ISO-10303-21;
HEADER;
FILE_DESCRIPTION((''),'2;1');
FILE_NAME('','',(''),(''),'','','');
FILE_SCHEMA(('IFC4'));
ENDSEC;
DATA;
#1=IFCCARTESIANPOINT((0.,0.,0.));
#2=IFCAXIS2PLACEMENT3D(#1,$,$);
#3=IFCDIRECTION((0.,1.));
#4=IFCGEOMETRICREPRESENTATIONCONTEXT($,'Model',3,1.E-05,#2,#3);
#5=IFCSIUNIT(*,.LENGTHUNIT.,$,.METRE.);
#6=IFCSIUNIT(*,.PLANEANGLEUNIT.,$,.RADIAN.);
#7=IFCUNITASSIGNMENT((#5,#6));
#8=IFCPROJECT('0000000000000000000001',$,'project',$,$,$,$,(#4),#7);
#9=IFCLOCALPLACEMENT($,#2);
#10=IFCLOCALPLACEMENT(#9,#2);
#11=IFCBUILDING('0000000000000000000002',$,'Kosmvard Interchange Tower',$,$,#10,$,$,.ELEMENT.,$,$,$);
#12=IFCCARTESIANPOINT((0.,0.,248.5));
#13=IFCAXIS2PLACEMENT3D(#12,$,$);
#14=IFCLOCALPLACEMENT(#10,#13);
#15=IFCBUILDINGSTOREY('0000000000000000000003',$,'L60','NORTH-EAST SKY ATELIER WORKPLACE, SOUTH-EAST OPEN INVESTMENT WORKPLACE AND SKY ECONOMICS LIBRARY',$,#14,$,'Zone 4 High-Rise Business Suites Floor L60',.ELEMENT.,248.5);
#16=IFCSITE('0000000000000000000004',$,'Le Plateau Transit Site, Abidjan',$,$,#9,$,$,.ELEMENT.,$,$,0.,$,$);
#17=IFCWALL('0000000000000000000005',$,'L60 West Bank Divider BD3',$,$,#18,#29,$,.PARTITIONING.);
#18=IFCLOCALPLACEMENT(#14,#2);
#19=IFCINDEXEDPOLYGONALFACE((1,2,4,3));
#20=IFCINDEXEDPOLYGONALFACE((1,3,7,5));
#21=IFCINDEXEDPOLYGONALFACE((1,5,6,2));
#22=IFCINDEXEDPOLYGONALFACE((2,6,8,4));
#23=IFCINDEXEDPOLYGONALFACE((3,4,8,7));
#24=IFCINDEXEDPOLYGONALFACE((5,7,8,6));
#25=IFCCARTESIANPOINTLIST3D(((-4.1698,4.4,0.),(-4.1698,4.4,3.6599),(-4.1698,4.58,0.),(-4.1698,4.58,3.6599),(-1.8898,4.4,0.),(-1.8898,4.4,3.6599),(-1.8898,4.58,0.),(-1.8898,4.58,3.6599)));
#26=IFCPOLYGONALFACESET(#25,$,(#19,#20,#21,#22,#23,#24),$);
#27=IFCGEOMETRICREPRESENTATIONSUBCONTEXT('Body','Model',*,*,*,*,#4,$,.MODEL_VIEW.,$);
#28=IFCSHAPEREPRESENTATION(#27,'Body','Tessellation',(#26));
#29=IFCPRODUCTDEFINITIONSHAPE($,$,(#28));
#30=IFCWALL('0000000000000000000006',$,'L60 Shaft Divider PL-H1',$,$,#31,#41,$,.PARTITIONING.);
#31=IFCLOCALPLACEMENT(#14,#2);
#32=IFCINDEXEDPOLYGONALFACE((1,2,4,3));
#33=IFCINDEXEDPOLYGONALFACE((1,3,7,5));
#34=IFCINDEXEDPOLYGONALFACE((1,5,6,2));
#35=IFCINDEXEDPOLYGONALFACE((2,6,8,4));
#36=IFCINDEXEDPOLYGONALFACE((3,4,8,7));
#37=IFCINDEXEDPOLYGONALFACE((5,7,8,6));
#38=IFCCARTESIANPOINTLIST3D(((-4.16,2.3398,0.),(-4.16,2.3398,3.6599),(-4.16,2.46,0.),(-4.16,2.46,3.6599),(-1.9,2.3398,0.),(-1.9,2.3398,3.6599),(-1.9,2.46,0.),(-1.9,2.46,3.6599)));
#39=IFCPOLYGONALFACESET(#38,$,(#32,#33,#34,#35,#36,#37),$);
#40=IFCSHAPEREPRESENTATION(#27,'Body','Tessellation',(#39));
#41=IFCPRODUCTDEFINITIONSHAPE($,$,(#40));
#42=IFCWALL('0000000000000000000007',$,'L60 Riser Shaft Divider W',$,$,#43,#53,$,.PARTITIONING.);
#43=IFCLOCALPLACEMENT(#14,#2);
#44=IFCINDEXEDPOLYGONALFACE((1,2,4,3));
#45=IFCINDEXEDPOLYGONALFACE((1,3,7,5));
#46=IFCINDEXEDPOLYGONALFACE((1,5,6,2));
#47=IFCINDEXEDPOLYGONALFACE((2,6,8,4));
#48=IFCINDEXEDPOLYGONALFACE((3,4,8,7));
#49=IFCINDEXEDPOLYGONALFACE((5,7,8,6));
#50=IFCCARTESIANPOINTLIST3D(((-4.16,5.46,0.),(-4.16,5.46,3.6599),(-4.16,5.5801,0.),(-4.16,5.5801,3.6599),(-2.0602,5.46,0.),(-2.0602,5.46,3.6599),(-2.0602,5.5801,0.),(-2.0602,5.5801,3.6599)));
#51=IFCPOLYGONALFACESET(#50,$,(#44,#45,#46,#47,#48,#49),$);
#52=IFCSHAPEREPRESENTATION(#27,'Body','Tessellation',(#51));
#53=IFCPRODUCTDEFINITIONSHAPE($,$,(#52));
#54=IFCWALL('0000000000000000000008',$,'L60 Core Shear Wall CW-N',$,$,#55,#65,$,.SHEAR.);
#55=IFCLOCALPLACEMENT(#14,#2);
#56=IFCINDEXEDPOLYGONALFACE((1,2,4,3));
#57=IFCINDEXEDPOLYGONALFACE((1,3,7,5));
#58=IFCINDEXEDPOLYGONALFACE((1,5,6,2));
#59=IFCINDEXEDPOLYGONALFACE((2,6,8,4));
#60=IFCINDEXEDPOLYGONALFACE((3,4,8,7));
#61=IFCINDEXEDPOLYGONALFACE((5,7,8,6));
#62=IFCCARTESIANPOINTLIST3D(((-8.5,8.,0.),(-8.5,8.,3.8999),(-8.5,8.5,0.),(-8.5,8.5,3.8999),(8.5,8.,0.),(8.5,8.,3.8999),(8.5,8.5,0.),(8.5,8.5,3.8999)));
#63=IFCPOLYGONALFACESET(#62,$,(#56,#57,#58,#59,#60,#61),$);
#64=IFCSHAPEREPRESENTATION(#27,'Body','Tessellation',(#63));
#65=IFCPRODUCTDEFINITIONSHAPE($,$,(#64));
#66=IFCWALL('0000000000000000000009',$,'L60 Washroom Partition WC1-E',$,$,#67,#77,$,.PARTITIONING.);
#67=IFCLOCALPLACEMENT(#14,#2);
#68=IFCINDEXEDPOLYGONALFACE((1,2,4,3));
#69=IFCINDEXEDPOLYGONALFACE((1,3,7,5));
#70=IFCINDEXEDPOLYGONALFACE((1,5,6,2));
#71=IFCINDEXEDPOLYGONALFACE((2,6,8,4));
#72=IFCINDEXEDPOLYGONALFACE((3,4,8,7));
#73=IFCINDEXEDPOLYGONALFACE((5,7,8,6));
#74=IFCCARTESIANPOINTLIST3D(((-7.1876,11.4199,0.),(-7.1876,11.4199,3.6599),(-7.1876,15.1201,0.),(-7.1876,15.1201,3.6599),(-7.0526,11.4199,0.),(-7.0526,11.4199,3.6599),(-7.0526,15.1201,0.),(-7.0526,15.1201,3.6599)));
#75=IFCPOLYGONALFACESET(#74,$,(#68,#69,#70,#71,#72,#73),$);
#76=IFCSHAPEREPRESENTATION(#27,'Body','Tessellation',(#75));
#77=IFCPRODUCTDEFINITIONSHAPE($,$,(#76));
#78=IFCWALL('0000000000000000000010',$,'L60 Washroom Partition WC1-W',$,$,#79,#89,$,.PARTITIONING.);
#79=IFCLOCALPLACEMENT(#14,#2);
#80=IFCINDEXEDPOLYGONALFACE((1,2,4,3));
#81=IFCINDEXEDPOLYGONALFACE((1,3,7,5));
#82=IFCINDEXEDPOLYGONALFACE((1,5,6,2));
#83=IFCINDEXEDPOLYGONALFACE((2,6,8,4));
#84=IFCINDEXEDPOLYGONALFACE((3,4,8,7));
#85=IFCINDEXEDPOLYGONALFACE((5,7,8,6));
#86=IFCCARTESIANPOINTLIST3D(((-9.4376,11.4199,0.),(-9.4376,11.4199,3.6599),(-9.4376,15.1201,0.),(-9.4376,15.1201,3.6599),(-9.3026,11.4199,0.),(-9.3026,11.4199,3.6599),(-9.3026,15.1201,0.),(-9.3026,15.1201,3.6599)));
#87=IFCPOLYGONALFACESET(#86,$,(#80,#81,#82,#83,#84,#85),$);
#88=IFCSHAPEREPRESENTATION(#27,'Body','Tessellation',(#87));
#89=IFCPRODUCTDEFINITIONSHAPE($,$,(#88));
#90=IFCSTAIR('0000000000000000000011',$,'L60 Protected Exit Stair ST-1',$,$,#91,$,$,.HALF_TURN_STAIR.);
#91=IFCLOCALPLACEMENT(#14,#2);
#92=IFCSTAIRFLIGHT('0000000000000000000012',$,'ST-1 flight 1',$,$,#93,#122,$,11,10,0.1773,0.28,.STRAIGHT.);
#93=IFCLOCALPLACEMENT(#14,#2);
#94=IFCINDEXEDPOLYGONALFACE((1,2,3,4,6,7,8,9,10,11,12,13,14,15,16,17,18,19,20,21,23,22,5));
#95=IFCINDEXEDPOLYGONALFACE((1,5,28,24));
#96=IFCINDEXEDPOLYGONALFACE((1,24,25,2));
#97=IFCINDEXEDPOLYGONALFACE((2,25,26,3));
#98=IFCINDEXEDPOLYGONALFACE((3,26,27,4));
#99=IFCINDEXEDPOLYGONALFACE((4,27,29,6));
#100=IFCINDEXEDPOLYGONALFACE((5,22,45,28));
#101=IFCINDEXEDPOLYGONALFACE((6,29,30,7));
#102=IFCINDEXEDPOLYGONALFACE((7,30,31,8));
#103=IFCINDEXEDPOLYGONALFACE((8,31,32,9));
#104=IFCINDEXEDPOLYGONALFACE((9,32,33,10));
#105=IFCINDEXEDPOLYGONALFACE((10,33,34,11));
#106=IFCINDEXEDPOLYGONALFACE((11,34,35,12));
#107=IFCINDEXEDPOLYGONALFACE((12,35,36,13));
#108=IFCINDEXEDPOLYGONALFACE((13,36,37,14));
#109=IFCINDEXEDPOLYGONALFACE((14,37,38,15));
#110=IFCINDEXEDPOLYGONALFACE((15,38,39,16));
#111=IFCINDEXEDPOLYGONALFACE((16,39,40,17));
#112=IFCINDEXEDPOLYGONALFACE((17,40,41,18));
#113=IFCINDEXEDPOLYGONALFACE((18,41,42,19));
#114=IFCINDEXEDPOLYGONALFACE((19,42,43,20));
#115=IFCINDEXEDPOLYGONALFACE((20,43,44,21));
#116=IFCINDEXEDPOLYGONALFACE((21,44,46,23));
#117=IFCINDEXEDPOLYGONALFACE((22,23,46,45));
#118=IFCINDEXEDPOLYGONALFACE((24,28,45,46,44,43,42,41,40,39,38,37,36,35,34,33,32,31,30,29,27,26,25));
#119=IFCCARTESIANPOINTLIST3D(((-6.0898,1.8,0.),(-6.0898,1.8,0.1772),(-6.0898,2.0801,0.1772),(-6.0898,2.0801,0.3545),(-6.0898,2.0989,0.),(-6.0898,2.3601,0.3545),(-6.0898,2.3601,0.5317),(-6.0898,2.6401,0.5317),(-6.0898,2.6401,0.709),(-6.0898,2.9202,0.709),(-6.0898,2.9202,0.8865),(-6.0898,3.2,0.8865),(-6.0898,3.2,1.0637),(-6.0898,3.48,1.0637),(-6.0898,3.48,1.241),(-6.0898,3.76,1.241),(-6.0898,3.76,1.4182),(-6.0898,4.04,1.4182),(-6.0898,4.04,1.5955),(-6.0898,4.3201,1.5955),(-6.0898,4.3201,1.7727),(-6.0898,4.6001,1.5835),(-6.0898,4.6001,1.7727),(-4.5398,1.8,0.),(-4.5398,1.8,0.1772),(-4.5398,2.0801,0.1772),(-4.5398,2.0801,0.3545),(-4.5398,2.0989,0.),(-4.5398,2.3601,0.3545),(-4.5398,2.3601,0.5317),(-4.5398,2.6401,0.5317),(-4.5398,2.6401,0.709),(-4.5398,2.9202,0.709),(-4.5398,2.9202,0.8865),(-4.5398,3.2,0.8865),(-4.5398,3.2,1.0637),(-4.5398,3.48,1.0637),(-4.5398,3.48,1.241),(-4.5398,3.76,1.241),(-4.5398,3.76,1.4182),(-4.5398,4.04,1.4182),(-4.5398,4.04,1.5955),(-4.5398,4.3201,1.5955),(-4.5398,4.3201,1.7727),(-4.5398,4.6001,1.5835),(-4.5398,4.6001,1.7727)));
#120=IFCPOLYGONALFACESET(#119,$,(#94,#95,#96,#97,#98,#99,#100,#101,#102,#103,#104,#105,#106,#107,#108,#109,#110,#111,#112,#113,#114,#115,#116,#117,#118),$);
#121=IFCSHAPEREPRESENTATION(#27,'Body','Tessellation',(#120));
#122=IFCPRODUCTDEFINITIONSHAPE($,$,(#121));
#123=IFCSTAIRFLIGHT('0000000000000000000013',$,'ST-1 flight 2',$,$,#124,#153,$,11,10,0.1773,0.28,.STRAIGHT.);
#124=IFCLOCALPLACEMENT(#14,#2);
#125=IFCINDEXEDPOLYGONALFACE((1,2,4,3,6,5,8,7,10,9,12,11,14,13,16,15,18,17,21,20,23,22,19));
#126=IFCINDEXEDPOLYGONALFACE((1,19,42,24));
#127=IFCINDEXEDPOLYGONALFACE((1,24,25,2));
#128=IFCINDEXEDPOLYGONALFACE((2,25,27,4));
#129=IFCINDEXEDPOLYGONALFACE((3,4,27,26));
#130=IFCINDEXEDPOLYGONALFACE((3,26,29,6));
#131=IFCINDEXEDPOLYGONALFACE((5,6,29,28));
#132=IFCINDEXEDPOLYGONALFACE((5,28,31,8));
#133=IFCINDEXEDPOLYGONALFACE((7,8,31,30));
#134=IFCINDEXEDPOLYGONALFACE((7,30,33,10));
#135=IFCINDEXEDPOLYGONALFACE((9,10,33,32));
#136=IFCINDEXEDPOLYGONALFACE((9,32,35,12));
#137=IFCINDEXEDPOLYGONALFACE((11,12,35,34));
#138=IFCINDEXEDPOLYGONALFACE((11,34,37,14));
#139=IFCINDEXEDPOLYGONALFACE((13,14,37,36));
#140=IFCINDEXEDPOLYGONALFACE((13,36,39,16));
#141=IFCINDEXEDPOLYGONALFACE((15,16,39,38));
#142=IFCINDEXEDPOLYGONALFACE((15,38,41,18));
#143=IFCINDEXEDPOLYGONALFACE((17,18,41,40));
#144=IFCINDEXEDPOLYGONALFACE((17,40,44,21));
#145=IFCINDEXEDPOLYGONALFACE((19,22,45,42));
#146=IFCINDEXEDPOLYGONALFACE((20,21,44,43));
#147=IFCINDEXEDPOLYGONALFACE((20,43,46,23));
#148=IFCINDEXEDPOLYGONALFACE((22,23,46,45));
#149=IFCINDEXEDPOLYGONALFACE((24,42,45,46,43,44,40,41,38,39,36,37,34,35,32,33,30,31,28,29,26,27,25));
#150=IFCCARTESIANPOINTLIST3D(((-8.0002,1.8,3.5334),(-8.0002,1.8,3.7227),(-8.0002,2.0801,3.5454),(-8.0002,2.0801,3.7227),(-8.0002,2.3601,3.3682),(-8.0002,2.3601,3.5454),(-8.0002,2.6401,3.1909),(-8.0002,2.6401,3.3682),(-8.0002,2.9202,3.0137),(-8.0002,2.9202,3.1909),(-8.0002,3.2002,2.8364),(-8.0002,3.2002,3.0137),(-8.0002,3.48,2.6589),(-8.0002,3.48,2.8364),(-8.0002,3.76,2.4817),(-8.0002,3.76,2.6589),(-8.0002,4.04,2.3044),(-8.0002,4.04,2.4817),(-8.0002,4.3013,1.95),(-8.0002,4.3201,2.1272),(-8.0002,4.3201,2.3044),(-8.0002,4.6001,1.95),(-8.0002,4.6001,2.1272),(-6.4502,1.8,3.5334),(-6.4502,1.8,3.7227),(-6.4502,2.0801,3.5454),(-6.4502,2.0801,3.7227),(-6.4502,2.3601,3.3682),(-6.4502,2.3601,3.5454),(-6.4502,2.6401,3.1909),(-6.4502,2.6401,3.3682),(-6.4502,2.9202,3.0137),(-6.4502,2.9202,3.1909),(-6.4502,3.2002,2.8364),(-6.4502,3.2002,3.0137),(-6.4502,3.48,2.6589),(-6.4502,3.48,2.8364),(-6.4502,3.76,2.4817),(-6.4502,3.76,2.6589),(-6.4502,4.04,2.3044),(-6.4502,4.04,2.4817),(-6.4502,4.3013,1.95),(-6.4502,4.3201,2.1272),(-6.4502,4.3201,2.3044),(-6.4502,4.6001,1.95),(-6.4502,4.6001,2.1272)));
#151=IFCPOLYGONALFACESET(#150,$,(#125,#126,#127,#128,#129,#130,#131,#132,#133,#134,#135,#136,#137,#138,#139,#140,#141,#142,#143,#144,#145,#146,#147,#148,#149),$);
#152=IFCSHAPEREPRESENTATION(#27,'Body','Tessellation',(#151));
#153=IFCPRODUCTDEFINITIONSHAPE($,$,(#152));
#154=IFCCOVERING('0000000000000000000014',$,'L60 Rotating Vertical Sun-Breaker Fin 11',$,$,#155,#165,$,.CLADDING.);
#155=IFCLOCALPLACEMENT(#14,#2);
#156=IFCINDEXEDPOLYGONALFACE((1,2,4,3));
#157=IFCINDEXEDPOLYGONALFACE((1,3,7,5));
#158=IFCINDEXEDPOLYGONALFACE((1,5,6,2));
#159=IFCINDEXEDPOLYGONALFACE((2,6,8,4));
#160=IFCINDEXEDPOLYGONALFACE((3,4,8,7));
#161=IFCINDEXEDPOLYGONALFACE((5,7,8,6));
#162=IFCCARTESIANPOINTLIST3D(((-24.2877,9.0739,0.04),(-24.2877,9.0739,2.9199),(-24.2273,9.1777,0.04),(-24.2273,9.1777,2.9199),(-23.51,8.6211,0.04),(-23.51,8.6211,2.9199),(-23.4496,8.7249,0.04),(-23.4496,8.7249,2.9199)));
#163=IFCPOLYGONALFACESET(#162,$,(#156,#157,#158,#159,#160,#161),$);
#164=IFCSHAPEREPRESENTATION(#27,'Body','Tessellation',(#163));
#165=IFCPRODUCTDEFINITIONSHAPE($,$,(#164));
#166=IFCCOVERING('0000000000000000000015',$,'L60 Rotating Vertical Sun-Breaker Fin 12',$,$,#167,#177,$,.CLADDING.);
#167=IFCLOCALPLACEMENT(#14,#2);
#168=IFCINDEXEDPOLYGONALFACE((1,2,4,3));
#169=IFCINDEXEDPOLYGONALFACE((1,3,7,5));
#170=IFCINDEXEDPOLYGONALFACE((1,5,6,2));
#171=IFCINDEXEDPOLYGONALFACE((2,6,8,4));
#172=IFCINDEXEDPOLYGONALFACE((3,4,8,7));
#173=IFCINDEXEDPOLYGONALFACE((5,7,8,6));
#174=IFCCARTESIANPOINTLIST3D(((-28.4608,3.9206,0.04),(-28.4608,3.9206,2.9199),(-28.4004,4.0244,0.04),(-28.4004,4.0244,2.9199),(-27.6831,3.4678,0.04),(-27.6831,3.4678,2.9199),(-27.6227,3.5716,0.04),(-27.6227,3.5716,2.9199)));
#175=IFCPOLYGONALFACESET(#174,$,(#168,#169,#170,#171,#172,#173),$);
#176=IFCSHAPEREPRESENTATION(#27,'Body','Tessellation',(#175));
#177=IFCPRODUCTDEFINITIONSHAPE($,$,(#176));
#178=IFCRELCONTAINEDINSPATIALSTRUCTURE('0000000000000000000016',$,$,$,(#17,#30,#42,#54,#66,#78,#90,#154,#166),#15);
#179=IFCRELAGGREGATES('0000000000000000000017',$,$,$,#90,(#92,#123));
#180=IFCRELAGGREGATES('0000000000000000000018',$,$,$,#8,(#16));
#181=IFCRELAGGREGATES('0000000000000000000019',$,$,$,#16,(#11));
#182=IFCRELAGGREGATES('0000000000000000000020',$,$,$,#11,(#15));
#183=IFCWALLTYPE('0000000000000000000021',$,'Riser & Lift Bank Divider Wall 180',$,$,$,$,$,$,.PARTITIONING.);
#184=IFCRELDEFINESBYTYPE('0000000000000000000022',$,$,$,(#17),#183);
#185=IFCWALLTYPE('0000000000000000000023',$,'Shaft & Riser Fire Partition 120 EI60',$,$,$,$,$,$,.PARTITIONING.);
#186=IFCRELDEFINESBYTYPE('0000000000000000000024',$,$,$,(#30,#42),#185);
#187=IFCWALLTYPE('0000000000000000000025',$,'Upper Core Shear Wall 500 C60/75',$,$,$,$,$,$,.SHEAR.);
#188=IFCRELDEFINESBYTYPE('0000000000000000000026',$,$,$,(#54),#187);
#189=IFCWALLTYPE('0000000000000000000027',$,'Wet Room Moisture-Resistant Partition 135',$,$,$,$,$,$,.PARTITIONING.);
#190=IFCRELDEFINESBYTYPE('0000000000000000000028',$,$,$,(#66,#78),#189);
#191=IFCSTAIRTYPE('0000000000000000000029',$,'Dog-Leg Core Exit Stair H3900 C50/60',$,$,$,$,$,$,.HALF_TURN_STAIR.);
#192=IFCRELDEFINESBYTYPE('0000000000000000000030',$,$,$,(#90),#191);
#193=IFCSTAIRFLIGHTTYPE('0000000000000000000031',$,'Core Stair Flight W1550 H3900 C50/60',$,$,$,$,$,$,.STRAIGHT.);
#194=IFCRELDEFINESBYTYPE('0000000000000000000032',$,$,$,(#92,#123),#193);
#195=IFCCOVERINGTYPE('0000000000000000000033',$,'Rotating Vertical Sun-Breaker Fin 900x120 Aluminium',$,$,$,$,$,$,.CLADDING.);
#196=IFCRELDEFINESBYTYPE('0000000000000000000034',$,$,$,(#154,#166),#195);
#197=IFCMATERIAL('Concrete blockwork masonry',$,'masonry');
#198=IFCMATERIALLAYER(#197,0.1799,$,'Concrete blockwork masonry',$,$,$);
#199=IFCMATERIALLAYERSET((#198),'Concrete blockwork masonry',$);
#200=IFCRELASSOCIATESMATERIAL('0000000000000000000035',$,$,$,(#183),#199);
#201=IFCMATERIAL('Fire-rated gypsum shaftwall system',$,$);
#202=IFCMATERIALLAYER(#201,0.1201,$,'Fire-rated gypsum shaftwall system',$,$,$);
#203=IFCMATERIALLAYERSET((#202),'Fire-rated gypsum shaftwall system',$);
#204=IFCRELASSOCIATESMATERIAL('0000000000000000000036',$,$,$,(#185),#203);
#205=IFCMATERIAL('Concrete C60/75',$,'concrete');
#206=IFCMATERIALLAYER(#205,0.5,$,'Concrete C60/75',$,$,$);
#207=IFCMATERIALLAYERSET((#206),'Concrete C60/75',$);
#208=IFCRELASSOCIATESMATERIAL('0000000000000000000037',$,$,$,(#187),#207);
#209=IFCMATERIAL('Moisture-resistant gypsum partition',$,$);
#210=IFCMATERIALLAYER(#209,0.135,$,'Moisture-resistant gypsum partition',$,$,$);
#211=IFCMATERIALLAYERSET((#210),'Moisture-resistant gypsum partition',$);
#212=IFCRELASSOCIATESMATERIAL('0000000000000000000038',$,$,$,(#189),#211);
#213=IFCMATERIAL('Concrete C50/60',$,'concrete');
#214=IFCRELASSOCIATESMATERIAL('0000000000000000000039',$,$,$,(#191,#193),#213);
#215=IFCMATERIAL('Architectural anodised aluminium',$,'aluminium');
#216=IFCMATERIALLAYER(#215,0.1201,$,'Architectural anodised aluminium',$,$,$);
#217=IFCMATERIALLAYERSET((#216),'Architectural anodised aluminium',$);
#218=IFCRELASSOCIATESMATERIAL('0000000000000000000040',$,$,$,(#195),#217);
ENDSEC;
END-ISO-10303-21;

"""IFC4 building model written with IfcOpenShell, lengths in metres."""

from ifc_helpers import new_model, si_unit, direction, frame, frame_2d, origin, origin_2d, place, context, subcontext, project, spatial, polyline, rectangle, outline, extrude, source, transform, mapped, material, layer, layer_set, type_object, element, aggregate, save


model = new_model("IFC4")

# Units and contexts
model_context = context("Model", 3, precision=1e-05, world=origin(), true_north=direction((0.0, 1.0)))
body_context = subcontext(model_context, "Body", "Model", "MODEL_VIEW")
ifc_project = project(units=[si_unit("LENGTHUNIT", "METRE"), si_unit("PLANEANGLEUNIT", "RADIAN")], contexts=[model_context])

# Site, building, storey
site_placement = place(None, origin())
site = spatial("IfcSite", under=ifc_project, at=site_placement, Name="Le Plateau Transit Site, Abidjan", CompositionType="ELEMENT", RefElevation=0.0)
building_placement = place(site_placement, origin())
building = spatial("IfcBuilding", under=site, at=building_placement, Name="Kosmvard Interchange Tower", CompositionType="ELEMENT")
storey_placement = place(building_placement, frame((0.0, 0.0, 248.5)))
storey = spatial("IfcBuildingStorey", under=building, at=storey_placement, Name="L60", Description="NORTH-EAST SKY ATELIER WORKPLACE, SOUTH-EAST OPEN INVESTMENT WORKPLACE AND SKY ECONOMICS LIBRARY", LongName="Zone 4 High-Rise Business Suites Floor L60", CompositionType="ELEMENT", Elevation=248.5)

# Shared definitions
ifc_material_1 = material(Name="Concrete C60/75", Category="concrete")

# Walls
ifc_material_2 = material(Name="Concrete blockwork masonry", Category="masonry")
ifc_layer_1 = layer(ifc_material_2, 0.1799, Name="Concrete blockwork masonry")
ifc_layer_set_1 = layer_set([ifc_layer_1], Name="Concrete blockwork masonry")
wall_type_1 = type_object("IfcWallType", Name="Riser & Lift Bank Divider Wall 180", PredefinedType="PARTITIONING", material=ifc_layer_set_1)
wall_1_placement = place(storey_placement, frame((-4.1699, 4.49, 0.0), z_axis=(0.0, 0.0, 1.0), x_axis=(1.0, 0.0, 0.0)))
element("IfcWall", 1, at=wall_1_placement, inside=storey, type_object=wall_type_1, Name="L60 West Bank Divider BD3", PredefinedType="PARTITIONING", context=body_context, shape_type="SweptSolid", body=[
    extrude(rectangle(XDim=2.28, YDim=0.1799, at=frame_2d((1.1401, 0.0))), origin(), (0.0, 0.0, 1.0), 3.6599),
])
ifc_material_3 = material(Name="Fire-rated gypsum shaftwall system")
ifc_layer_2 = layer(ifc_material_3, 0.1201, Name="Fire-rated gypsum shaftwall system")
ifc_layer_set_2 = layer_set([ifc_layer_2], Name="Fire-rated gypsum shaftwall system")
wall_type_2 = type_object("IfcWallType", Name="Shaft & Riser Fire Partition 120 EI60", PredefinedType="PARTITIONING", material=ifc_layer_set_2)
wall_2_placement = place(storey_placement, frame((-4.1599, 2.3999, 0.0), z_axis=(0.0, 0.0, 1.0), x_axis=(1.0, 0.0, 0.0)))
element("IfcWall", 2, at=wall_2_placement, inside=storey, type_object=wall_type_2, Name="L60 Shaft Divider PL-H1", PredefinedType="PARTITIONING", context=body_context, shape_type="SweptSolid", body=[
    extrude(rectangle(XDim=2.26, YDim=0.1201, at=frame_2d((1.1299, 0.0))), origin(), (0.0, 0.0, 1.0), 3.6599),
])
wall_3_placement = place(storey_placement, frame((-4.1599, 5.52, 0.0), z_axis=(0.0, 0.0, 1.0), x_axis=(1.0, 0.0, 0.0)))
element("IfcWall", 3, at=wall_3_placement, inside=storey, type_object=wall_type_2, Name="L60 Riser Shaft Divider W", PredefinedType="PARTITIONING", context=body_context, shape_type="SweptSolid", body=[
    extrude(rectangle(XDim=2.0999, YDim=0.1201, at=frame_2d((1.0498, 0.0))), origin(), (0.0, 0.0, 1.0), 3.6599),
])
ifc_layer_3 = layer(ifc_material_1, 0.5, Name="Concrete C60/75")
ifc_layer_set_3 = layer_set([ifc_layer_3], Name="Concrete C60/75")
wall_type_3 = type_object("IfcWallType", Name="Upper Core Shear Wall 500 C60/75", PredefinedType="SHEAR", material=ifc_layer_set_3)
wall_4_placement = place(storey_placement, frame((-8.5, 8.25, 0.0), z_axis=(0.0, 0.0, 1.0), x_axis=(1.0, 0.0, 0.0)))
element("IfcWall", 4, at=wall_4_placement, inside=storey, type_object=wall_type_3, Name="L60 Core Shear Wall CW-N", PredefinedType="SHEAR", context=body_context, shape_type="SweptSolid", body=[
    extrude(rectangle(XDim=17.0, YDim=0.5, at=frame_2d((8.5, 0.0))), origin(), (0.0, 0.0, 1.0), 3.8999),
])
ifc_material_4 = material(Name="Moisture-resistant gypsum partition")
ifc_layer_4 = layer(ifc_material_4, 0.135, Name="Moisture-resistant gypsum partition")
ifc_layer_set_4 = layer_set([ifc_layer_4], Name="Moisture-resistant gypsum partition")
wall_type_4 = type_object("IfcWallType", Name="Wet Room Moisture-Resistant Partition 135", PredefinedType="PARTITIONING", material=ifc_layer_set_4)
for number, where, z_axis, x_axis, name in (
    (5, (-7.1201, 11.4199, 0.0), (0.0, 0.0, 1.0), (0.0, 1.0, 0.0), "L60 Washroom Partition WC1-E"),
    (6, (-9.3701, 11.4199, 0.0), (0.0, 0.0, 1.0), (0.0, 1.0, 0.0), "L60 Washroom Partition WC1-W"),
):
    element("IfcWall", number, at=place(storey_placement, frame(where, z_axis=z_axis, x_axis=x_axis)), inside=storey, type_object=wall_type_4, Name=name, PredefinedType="PARTITIONING", context=body_context, shape_type="SweptSolid", body=[
        extrude(rectangle(XDim=3.7002, YDim=0.135, at=frame_2d((1.8501, 0.0))), origin(), (0.0, 0.0, 1.0), 3.6599),
    ])

# Stair, stair flights
ifc_material_5 = material(Name="Concrete C50/60", Category="concrete")
stair_type = type_object("IfcStairType", Name="Dog-Leg Core Exit Stair H3900 C50/60", PredefinedType="HALF_TURN_STAIR", material=ifc_material_5)
stair_placement = place(storey_placement, origin())
stair = element("IfcStair", 7, at=stair_placement, inside=storey, type_object=stair_type, Name="L60 Protected Exit Stair ST-1", PredefinedType="HALF_TURN_STAIR")
stair_flight_type = type_object("IfcStairFlightType", Name="Core Stair Flight W1550 H3900 C50/60", PredefinedType="STRAIGHT", material=ifc_material_5)
shared_shape_1 = source(origin(), body_context, "Body", "SweptSolid", [
    extrude(outline(polyline([(0.0, 0.0), (0.0, 0.1772), (0.28, 0.1772), (0.28, 0.3545), (0.5601, 0.3545), (0.5601, 0.5317), (0.8401, 0.5317), (0.8401, 0.709), (1.1201, 0.709), (1.1201, 0.8865), (1.3999, 0.8865), (1.3999, 1.0637), (1.6799, 1.0637), (1.6799, 1.241), (1.96, 1.241), (1.96, 1.4182), (2.24, 1.4182), (2.24, 1.5955), (2.52, 1.5955), (2.52, 1.7727), (2.8, 1.7727), (2.8, 1.95), (2.8, 1.5835), (0.2988, 0.0), (0.0, 0.0)])), frame((0.0, 0.7749, 0.0), z_axis=(0.0, -1.0, 0.0), x_axis=(1.0, 0.0, 0.0)), (0.0, 0.0, 1.0), 1.55),
])
stair_flight_1_placement = place(storey_placement, frame((-5.3149, 1.8, 0.0), z_axis=(0.0, 0.0, 1.0), x_axis=(0.0, 1.0, 0.0)))
stair_flight_1 = element("IfcStairFlight", 8, at=stair_flight_1_placement, type_object=stair_flight_type, Name="ST-1 flight 1", NumberOfRisers=11, NumberOfTreads=10, PredefinedType="STRAIGHT", RiserHeight=0.1773, TreadLength=0.28, context=body_context, shape_type="MappedRepresentation", body=[
    mapped(shared_shape_1, transform((0.0, 0.0, 0.0), scale=1.0)),
])
stair_flight_2_placement = place(storey_placement, frame((-7.2251, 4.6001, 1.95), z_axis=(0.0, 0.0, 1.0), x_axis=(0.0, -1.0, 0.0)))
stair_flight_2 = element("IfcStairFlight", 9, at=stair_flight_2_placement, type_object=stair_flight_type, Name="ST-1 flight 2", NumberOfRisers=11, NumberOfTreads=10, PredefinedType="STRAIGHT", RiserHeight=0.1773, TreadLength=0.28, context=body_context, shape_type="MappedRepresentation", body=[
    mapped(shared_shape_1, transform((0.0, 0.0, 0.0), scale=1.0)),
])
aggregate(stair, [stair_flight_1, stair_flight_2])

# Coverings
ifc_material_6 = material(Name="Architectural anodised aluminium", Category="aluminium")
ifc_layer_5 = layer(ifc_material_6, 0.1201, Name="Architectural anodised aluminium")
ifc_layer_set_5 = layer_set([ifc_layer_5], Name="Architectural anodised aluminium")
covering_type = type_object("IfcCoveringType", Name="Rotating Vertical Sun-Breaker Fin 900x120 Aluminium", PredefinedType="CLADDING", material=ifc_layer_set_5)
shared_shape_2 = source(origin(), body_context, "Body", "SweptSolid", [
    extrude(rectangle(XDim=0.8999, YDim=0.1201, at=origin_2d()), origin(), (0.0, 0.0, 1.0), 2.8799),
])
for number, where, z_axis, x_axis, name in (
    (10, (-23.8687, 8.8994, 0.04), (0.0, 0.0, 1.0), (-0.864187, 0.503171, 0.0), "L60 Rotating Vertical Sun-Breaker Fin 11"),
    (11, (-28.0417, 3.7461, 0.04), (0.0, 0.0, 1.0), (-0.864187, 0.503171, 0.0), "L60 Rotating Vertical Sun-Breaker Fin 12"),
):
    element("IfcCovering", number, at=place(storey_placement, frame(where, z_axis=z_axis, x_axis=x_axis)), inside=storey, type_object=covering_type, Name=name, PredefinedType="CLADDING", context=body_context, shape_type="MappedRepresentation", body=[
        mapped(shared_shape_2, transform((0.0, 0.0, 0.0), scale=1.0)),
    ])

save(model, "model.ifc")
